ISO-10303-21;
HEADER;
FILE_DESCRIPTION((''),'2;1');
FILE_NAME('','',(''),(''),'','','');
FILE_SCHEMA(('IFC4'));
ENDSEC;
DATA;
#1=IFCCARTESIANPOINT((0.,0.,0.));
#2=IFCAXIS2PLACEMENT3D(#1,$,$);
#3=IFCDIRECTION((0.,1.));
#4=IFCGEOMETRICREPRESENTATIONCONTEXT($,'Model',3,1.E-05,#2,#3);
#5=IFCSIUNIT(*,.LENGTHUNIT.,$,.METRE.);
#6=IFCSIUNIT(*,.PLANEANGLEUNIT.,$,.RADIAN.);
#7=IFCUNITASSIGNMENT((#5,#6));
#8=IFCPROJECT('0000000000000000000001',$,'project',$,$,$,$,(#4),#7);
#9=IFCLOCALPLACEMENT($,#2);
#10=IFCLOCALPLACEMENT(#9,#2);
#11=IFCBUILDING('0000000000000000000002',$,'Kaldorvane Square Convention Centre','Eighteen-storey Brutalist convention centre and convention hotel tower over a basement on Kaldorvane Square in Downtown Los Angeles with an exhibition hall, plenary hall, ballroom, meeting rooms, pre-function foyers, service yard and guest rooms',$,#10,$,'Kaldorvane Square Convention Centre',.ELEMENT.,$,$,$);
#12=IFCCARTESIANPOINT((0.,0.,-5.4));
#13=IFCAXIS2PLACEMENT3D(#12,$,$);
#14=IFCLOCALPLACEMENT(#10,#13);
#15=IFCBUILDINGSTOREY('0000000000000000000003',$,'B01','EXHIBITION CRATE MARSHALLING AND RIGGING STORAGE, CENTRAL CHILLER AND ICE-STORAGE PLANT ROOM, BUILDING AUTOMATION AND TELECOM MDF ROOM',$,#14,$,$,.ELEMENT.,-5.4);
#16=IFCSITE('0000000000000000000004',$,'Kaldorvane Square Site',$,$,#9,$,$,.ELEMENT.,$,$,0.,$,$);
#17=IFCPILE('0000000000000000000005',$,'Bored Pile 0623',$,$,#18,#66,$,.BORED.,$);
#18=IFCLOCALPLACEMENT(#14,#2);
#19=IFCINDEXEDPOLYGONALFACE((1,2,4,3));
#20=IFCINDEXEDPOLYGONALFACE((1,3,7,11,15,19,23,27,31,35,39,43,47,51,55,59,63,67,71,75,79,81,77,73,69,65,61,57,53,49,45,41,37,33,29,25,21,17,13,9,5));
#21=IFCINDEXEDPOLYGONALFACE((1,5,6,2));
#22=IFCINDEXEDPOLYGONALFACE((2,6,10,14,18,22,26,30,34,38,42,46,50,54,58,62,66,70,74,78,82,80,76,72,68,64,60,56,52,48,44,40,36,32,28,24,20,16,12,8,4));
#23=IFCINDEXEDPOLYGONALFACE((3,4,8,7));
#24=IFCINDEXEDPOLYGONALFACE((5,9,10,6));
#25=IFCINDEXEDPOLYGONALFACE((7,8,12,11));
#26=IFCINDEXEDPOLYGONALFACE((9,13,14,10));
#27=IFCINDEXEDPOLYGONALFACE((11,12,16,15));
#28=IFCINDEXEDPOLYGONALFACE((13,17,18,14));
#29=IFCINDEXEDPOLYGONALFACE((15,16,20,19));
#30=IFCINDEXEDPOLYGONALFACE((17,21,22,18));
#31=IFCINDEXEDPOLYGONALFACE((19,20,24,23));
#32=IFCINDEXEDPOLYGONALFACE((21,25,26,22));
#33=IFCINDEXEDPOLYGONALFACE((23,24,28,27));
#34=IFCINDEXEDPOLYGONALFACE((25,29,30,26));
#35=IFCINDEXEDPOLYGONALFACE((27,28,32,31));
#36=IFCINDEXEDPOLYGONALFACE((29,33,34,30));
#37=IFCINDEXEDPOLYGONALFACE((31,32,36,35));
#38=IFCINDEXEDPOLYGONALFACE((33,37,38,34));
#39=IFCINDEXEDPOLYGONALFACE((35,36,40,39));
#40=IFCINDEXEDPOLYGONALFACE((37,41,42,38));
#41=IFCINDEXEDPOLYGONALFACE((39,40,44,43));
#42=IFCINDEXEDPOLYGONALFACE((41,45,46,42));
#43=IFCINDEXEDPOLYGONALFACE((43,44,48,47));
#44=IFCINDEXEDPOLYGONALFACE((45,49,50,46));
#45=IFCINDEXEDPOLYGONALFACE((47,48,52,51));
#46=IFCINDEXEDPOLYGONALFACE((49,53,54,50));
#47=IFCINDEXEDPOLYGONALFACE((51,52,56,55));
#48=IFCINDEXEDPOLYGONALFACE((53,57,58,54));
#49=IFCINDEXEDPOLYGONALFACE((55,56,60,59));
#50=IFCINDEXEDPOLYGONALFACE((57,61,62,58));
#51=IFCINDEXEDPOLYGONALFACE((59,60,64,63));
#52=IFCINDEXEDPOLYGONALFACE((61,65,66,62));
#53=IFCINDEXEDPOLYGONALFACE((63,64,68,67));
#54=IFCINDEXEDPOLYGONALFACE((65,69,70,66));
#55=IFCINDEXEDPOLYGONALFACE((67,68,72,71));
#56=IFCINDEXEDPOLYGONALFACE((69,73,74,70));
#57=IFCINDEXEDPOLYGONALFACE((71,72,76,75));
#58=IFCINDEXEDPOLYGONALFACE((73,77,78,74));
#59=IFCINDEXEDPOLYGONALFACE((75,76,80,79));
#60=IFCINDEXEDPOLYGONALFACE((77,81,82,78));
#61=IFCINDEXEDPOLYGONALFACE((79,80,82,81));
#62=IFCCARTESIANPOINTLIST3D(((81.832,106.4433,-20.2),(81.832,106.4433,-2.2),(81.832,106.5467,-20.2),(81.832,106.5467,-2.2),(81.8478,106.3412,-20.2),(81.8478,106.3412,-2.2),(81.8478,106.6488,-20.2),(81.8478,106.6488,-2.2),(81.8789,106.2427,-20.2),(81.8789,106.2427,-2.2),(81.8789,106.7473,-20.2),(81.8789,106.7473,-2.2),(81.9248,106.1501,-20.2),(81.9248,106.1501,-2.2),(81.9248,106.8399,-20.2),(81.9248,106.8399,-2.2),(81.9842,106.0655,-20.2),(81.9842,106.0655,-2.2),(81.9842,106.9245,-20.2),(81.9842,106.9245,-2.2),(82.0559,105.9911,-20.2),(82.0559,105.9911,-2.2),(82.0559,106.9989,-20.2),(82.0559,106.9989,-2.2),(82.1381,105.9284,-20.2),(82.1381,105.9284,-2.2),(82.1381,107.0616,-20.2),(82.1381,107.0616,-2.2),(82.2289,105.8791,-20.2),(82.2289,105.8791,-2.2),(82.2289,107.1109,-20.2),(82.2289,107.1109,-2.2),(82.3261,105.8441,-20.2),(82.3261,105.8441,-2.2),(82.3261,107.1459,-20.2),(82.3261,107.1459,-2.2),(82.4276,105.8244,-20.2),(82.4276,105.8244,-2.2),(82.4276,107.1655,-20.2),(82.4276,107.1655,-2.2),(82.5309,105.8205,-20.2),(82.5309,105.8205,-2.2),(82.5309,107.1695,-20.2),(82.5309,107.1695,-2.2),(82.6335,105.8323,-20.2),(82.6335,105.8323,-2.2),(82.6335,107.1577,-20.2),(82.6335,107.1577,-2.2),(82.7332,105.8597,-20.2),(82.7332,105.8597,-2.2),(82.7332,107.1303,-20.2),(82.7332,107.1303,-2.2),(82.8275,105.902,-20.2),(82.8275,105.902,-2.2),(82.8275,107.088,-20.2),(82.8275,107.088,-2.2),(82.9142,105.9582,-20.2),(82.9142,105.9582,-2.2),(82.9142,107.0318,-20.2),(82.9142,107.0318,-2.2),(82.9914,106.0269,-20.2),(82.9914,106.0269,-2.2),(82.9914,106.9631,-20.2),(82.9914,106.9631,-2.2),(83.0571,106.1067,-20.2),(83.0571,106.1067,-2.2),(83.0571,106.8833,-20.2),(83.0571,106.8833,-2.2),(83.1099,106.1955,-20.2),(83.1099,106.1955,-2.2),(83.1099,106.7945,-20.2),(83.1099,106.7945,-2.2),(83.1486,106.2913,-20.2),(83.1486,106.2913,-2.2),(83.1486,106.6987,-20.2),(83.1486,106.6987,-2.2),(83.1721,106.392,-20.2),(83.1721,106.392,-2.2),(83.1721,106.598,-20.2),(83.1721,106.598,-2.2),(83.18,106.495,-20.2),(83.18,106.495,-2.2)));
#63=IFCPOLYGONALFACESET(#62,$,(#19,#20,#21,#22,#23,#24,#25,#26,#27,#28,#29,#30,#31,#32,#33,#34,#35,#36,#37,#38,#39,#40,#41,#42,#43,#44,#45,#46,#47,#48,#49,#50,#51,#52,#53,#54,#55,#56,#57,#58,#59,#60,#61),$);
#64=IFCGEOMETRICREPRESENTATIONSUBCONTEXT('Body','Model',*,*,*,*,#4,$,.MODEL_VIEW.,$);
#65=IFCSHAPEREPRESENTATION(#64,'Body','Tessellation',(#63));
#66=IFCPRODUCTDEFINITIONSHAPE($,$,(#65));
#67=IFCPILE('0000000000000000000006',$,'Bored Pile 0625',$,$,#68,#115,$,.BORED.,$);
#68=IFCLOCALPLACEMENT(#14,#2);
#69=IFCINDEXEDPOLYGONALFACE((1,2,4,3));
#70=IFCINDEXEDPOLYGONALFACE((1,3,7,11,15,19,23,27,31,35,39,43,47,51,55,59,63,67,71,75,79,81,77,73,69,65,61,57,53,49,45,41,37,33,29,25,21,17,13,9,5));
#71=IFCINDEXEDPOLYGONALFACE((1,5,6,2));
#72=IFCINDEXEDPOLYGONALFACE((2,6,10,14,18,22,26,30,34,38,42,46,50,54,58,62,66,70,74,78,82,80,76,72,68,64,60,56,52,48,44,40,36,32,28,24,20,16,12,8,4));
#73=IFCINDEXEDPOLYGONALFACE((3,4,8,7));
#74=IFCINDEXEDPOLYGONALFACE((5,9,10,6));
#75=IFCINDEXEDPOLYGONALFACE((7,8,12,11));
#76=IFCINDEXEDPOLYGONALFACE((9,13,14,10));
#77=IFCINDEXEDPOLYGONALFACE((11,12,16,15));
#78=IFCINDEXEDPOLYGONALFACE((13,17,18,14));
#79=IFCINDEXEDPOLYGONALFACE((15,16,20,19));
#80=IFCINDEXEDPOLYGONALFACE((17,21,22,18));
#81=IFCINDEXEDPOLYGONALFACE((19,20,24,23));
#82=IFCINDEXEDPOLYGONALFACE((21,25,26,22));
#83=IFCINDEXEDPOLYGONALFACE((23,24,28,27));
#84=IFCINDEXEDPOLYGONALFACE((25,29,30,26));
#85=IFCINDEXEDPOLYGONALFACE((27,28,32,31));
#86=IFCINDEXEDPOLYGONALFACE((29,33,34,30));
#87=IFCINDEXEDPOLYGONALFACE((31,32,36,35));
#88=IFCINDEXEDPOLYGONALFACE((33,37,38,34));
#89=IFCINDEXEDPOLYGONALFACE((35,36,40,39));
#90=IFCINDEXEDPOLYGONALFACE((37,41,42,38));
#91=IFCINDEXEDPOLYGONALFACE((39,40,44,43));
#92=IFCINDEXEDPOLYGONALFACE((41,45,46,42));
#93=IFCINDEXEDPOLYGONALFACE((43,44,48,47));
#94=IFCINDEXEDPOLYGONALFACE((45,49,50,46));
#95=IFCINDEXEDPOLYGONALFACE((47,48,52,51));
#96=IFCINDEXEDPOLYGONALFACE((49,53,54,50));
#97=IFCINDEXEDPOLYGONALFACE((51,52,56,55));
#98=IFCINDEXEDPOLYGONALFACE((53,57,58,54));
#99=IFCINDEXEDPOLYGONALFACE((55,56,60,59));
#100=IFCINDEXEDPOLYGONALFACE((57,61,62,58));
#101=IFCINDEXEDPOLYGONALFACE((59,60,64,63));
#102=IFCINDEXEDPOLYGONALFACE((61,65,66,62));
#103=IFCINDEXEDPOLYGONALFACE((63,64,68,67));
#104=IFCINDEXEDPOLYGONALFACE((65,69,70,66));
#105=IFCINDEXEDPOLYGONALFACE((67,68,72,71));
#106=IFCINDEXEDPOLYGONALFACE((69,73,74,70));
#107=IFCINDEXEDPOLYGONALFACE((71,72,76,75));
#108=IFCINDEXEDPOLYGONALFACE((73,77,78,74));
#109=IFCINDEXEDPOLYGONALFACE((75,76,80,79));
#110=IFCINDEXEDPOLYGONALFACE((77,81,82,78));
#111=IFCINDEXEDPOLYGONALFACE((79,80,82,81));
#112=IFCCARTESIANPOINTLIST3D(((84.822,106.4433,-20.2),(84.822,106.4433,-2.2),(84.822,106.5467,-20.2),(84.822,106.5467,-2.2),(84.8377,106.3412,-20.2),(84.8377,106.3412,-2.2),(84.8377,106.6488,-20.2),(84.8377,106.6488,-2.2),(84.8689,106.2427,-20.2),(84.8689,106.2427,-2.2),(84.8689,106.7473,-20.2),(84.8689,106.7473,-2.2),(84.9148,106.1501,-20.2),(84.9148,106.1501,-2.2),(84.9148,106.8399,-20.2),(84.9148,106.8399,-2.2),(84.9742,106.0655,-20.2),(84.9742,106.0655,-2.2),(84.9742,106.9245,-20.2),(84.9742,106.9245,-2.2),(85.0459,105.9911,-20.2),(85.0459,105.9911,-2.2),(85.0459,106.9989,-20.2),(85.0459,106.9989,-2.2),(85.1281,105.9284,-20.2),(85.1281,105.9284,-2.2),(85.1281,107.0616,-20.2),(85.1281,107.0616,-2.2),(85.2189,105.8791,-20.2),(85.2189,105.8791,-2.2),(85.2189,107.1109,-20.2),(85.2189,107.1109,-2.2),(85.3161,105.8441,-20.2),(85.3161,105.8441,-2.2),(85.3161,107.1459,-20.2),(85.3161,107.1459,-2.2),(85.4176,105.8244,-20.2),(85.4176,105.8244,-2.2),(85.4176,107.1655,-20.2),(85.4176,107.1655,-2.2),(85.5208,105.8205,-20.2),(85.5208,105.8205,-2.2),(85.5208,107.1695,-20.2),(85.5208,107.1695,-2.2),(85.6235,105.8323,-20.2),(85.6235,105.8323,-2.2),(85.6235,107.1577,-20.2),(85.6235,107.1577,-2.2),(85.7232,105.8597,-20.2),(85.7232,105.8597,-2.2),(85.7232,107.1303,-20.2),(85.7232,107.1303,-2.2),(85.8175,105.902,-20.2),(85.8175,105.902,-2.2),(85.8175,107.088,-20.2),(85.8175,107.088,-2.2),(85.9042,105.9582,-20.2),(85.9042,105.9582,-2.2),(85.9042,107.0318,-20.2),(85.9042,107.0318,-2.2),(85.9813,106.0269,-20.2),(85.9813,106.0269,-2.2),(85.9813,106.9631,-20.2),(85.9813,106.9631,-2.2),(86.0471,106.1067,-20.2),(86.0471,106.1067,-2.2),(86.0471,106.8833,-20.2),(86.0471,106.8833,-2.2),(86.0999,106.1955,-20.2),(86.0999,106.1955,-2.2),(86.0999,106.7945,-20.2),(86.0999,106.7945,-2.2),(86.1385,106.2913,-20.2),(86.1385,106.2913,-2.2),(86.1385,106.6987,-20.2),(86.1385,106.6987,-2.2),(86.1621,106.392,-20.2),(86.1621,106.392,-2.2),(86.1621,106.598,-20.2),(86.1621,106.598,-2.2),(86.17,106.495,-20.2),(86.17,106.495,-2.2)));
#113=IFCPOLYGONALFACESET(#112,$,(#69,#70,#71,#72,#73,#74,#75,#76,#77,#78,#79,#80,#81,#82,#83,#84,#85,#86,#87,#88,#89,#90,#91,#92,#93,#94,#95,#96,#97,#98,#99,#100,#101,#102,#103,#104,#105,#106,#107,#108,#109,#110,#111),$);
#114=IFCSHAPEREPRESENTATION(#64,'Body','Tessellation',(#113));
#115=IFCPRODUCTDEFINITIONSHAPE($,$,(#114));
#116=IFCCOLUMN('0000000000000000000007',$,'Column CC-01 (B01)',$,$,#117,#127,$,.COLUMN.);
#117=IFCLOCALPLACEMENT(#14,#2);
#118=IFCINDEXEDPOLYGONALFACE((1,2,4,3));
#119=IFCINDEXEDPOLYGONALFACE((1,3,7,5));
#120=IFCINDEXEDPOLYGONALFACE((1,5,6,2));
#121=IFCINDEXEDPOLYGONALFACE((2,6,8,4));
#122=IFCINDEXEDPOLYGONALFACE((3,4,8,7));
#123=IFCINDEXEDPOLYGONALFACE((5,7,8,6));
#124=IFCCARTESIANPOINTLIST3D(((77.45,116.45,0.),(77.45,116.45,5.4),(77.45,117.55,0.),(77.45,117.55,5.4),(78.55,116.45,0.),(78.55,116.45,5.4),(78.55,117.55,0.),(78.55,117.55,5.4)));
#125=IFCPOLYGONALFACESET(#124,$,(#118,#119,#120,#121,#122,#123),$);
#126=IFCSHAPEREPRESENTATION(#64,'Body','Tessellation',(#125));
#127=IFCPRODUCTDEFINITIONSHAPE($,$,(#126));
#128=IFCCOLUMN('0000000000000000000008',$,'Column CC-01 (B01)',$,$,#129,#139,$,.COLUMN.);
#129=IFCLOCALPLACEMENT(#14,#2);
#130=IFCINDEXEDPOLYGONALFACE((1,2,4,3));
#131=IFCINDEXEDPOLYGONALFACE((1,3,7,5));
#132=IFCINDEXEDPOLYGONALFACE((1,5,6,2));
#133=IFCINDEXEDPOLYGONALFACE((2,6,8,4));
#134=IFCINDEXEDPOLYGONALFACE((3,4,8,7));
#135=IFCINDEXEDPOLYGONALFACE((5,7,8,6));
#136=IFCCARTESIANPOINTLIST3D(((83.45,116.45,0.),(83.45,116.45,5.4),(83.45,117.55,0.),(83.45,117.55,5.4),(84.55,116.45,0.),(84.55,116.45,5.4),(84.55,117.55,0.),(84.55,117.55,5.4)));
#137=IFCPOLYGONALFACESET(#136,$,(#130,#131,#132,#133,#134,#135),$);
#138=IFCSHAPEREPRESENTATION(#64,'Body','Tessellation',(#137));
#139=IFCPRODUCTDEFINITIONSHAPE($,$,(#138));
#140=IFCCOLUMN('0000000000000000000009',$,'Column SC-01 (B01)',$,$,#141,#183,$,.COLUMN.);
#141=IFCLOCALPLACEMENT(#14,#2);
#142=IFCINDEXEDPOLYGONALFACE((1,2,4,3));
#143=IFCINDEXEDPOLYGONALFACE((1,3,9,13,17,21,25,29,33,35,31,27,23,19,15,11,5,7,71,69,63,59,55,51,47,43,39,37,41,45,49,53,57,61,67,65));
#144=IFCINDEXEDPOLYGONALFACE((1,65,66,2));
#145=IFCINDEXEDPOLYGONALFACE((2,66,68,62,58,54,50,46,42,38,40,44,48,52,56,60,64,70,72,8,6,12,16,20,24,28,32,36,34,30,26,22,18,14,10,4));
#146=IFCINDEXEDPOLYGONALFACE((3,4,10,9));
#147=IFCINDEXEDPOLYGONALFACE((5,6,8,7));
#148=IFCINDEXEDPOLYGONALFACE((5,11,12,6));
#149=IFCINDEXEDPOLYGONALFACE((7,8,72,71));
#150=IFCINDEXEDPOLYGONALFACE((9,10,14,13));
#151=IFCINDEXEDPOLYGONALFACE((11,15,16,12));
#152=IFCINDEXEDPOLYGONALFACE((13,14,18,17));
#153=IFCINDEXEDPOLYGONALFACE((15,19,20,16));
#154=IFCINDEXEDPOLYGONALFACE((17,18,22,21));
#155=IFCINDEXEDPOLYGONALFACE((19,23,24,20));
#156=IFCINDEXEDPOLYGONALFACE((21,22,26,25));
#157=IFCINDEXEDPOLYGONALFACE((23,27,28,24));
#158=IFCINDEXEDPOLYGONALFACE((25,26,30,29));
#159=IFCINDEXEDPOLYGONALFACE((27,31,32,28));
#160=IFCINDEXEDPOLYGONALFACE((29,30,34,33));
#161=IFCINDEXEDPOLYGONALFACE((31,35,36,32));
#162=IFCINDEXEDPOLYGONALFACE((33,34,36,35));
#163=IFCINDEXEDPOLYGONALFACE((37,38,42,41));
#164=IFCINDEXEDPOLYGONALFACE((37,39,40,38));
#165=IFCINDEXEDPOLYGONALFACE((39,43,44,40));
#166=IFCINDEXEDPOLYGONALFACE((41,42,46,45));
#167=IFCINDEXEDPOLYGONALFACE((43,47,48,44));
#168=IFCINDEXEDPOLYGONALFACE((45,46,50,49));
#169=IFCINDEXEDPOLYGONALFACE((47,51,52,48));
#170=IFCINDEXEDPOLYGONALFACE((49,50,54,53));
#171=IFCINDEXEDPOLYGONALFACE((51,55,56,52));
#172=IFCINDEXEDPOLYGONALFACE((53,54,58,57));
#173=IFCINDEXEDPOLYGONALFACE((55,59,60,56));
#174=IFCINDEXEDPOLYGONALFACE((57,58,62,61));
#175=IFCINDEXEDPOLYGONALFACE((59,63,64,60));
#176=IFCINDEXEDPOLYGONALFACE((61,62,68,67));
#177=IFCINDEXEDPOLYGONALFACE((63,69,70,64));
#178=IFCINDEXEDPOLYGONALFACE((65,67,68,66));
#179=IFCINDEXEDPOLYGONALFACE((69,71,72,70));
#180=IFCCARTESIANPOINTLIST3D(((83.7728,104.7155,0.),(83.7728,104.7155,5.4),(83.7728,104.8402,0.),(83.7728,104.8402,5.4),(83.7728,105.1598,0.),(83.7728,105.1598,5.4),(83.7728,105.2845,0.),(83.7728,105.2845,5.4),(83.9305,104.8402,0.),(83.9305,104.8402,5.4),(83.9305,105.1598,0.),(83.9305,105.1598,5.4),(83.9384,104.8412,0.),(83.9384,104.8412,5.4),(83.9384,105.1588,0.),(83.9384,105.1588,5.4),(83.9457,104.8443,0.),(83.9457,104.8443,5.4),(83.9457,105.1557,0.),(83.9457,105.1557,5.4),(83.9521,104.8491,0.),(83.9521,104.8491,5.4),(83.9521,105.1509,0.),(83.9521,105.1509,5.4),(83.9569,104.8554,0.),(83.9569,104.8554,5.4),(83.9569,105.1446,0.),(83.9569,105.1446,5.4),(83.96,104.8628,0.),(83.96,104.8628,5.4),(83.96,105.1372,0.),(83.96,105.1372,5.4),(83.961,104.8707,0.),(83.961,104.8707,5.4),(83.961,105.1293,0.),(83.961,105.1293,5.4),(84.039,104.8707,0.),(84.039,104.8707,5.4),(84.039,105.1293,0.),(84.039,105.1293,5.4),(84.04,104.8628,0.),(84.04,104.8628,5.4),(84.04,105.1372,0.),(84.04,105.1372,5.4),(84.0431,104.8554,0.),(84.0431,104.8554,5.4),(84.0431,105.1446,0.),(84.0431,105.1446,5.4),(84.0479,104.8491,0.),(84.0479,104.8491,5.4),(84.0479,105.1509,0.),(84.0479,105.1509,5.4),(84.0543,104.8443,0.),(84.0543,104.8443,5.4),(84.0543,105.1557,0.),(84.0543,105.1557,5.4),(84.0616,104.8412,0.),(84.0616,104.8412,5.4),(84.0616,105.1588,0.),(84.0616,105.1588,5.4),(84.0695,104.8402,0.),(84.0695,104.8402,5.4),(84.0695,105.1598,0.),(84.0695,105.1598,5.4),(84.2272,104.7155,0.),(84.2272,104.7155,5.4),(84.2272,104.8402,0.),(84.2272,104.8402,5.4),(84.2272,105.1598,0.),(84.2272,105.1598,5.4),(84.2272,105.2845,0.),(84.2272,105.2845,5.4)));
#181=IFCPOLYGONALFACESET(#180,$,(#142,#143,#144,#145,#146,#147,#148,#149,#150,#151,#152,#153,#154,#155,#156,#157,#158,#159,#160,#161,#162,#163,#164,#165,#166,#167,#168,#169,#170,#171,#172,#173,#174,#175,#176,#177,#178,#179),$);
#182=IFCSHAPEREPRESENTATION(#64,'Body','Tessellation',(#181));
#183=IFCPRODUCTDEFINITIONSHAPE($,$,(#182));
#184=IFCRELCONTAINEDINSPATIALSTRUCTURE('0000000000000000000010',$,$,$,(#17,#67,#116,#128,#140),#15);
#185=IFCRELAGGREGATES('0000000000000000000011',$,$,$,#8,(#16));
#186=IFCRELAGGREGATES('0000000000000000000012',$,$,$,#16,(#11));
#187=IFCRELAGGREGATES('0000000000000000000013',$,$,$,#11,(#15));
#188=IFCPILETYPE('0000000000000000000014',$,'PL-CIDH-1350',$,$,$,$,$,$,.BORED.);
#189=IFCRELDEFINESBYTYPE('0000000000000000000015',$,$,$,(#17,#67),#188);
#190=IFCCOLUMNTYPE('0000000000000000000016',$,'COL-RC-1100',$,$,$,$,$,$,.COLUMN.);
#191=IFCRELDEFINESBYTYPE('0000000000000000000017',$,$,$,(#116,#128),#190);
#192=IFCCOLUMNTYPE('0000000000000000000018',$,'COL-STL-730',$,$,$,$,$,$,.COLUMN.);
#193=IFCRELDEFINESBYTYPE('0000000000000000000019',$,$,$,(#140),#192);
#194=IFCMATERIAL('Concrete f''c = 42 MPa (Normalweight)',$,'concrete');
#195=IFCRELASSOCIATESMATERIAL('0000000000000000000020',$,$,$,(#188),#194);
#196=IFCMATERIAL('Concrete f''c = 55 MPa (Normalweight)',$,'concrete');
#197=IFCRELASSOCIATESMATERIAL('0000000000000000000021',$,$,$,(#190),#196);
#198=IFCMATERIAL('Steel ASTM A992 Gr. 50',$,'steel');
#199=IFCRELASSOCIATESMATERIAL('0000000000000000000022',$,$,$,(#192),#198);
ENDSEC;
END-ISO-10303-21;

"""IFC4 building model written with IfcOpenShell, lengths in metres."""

from ifc_helpers import new_model, si_unit, direction, frame, origin, origin_2d, place, context, subcontext, project, spatial, rectangle, circle, i_section, extrude, material, material_profile, profile_set, type_object, element, save


model = new_model("IFC4")

# Units and contexts
model_context = context("Model", 3, precision=1e-05, world=origin(), true_north=direction((0.0, 1.0)))
body_context = subcontext(model_context, "Body", "Model", "MODEL_VIEW")
ifc_project = project(units=[si_unit("LENGTHUNIT", "METRE"), si_unit("PLANEANGLEUNIT", "RADIAN")], contexts=[model_context])

# Site, building, storey
site_placement = place(None, origin())
site = spatial("IfcSite", under=ifc_project, at=site_placement, Name="Kaldorvane Square Site", CompositionType="ELEMENT", RefElevation=0.0)
building_placement = place(site_placement, origin())
building = spatial("IfcBuilding", under=site, at=building_placement, Name="Kaldorvane Square Convention Centre", Description="Eighteen-storey Brutalist convention centre and convention hotel tower over a basement on Kaldorvane Square in Downtown Los Angeles with an exhibition hall, plenary hall, ballroom, meeting rooms, pre-function foyers, service yard and guest rooms", LongName="Kaldorvane Square Convention Centre", CompositionType="ELEMENT")
storey_placement = place(building_placement, frame((0.0, 0.0, -5.4)))
storey = spatial("IfcBuildingStorey", under=building, at=storey_placement, Name="B01", Description="EXHIBITION CRATE MARSHALLING AND RIGGING STORAGE, CENTRAL CHILLER AND ICE-STORAGE PLANT ROOM, BUILDING AUTOMATION AND TELECOM MDF ROOM", CompositionType="ELEMENT", Elevation=-5.4)

# Shared definitions
ifc_material_1 = material(Name="Concrete f'c = 42 MPa (Normalweight)", Category="concrete")

# Piles
ifc_material_profile_1 = material_profile(ifc_material_1, circle(Radius=0.675, at=origin_2d()), Name="PILE-D1350")
ifc_profile_set_1 = profile_set([ifc_material_profile_1], Name="Concrete f'c = 42 MPa (Normalweight)")
pile_type_1 = type_object("IfcPileType", Name="PL-CIDH-1350", PredefinedType="BORED", material=ifc_profile_set_1)
for number, where, z_axis, x_axis, name in (
    (1, (82.505, 106.495, -2.2), (0.0, 0.0, -1.0), (1.0, 0.0, 0.0), "Bored Pile 0623"),
    (2, (85.495, 106.495, -2.2), (0.0, 0.0, -1.0), (1.0, 0.0, 0.0), "Bored Pile 0625"),
):
    element("IfcPile", number, at=place(storey_placement, frame(where, z_axis=z_axis, x_axis=x_axis)), inside=storey, type_object=pile_type_1, Name=name, PredefinedType="BORED", context=body_context, shape_type="SweptSolid", body=[
        extrude(circle(Radius=0.675, at=origin_2d()), origin(), (0.0, 0.0, 1.0), 18.0),
    ])

# Columns
ifc_material_2 = material(Name="Concrete f'c = 55 MPa (Normalweight)", Category="concrete")
ifc_material_profile_2 = material_profile(ifc_material_2, rectangle(XDim=1.1, YDim=1.1, at=origin_2d()), Name="RC1100X1100")
ifc_profile_set_2 = profile_set([ifc_material_profile_2], Name="Concrete f'c = 55 MPa (Normalweight)")
column_type_1 = type_object("IfcColumnType", Name="COL-RC-1100", PredefinedType="COLUMN", material=ifc_profile_set_2)
for number, where, z_axis, x_axis, name in (
    (3, (78.0, 117.0, 0.0), (0.0, 0.0, 1.0), (1.0, 0.0, 0.0), "Column CC-01 (B01)"),
    (4, (84.0, 117.0, 0.0), (0.0, 0.0, 1.0), (1.0, 0.0, 0.0), "Column CC-01 (B01)"),
):
    element("IfcColumn", number, at=place(storey_placement, frame(where, z_axis=z_axis, x_axis=x_axis)), inside=storey, type_object=column_type_1, Name=name, PredefinedType="COLUMN", context=body_context, shape_type="SweptSolid", body=[
        extrude(rectangle(XDim=1.1, YDim=1.1, at=origin_2d()), origin(), (0.0, 0.0, 1.0), 5.4),
    ])
ifc_material_3 = material(Name="Steel ASTM A992 Gr. 50", Category="steel")
ifc_material_profile_3 = material_profile(ifc_material_3, i_section(OverallWidth=0.4544, OverallDepth=0.569, WebThickness=0.078, FlangeThickness=0.1247, FilletRadius=0.0305, at=origin_2d()), Name="W14X730")
ifc_profile_set_3 = profile_set([ifc_material_profile_3], Name="Steel ASTM A992 Gr. 50")
column_type_2 = type_object("IfcColumnType", Name="COL-STL-730", PredefinedType="COLUMN", material=ifc_profile_set_3)
column_placement = place(storey_placement, frame((84.0, 105.0, 0.0), z_axis=(0.0, 0.0, 1.0), x_axis=(1.0, 0.0, 0.0)))
element("IfcColumn", 5, at=column_placement, inside=storey, type_object=column_type_2, Name="Column SC-01 (B01)", PredefinedType="COLUMN", context=body_context, shape_type="SweptSolid", body=[
    extrude(i_section(OverallWidth=0.4544, OverallDepth=0.569, WebThickness=0.078, FlangeThickness=0.1247, FilletRadius=0.0305, at=origin_2d()), origin(), (0.0, 0.0, 1.0), 5.4),
])

save(model, "model.ifc")
